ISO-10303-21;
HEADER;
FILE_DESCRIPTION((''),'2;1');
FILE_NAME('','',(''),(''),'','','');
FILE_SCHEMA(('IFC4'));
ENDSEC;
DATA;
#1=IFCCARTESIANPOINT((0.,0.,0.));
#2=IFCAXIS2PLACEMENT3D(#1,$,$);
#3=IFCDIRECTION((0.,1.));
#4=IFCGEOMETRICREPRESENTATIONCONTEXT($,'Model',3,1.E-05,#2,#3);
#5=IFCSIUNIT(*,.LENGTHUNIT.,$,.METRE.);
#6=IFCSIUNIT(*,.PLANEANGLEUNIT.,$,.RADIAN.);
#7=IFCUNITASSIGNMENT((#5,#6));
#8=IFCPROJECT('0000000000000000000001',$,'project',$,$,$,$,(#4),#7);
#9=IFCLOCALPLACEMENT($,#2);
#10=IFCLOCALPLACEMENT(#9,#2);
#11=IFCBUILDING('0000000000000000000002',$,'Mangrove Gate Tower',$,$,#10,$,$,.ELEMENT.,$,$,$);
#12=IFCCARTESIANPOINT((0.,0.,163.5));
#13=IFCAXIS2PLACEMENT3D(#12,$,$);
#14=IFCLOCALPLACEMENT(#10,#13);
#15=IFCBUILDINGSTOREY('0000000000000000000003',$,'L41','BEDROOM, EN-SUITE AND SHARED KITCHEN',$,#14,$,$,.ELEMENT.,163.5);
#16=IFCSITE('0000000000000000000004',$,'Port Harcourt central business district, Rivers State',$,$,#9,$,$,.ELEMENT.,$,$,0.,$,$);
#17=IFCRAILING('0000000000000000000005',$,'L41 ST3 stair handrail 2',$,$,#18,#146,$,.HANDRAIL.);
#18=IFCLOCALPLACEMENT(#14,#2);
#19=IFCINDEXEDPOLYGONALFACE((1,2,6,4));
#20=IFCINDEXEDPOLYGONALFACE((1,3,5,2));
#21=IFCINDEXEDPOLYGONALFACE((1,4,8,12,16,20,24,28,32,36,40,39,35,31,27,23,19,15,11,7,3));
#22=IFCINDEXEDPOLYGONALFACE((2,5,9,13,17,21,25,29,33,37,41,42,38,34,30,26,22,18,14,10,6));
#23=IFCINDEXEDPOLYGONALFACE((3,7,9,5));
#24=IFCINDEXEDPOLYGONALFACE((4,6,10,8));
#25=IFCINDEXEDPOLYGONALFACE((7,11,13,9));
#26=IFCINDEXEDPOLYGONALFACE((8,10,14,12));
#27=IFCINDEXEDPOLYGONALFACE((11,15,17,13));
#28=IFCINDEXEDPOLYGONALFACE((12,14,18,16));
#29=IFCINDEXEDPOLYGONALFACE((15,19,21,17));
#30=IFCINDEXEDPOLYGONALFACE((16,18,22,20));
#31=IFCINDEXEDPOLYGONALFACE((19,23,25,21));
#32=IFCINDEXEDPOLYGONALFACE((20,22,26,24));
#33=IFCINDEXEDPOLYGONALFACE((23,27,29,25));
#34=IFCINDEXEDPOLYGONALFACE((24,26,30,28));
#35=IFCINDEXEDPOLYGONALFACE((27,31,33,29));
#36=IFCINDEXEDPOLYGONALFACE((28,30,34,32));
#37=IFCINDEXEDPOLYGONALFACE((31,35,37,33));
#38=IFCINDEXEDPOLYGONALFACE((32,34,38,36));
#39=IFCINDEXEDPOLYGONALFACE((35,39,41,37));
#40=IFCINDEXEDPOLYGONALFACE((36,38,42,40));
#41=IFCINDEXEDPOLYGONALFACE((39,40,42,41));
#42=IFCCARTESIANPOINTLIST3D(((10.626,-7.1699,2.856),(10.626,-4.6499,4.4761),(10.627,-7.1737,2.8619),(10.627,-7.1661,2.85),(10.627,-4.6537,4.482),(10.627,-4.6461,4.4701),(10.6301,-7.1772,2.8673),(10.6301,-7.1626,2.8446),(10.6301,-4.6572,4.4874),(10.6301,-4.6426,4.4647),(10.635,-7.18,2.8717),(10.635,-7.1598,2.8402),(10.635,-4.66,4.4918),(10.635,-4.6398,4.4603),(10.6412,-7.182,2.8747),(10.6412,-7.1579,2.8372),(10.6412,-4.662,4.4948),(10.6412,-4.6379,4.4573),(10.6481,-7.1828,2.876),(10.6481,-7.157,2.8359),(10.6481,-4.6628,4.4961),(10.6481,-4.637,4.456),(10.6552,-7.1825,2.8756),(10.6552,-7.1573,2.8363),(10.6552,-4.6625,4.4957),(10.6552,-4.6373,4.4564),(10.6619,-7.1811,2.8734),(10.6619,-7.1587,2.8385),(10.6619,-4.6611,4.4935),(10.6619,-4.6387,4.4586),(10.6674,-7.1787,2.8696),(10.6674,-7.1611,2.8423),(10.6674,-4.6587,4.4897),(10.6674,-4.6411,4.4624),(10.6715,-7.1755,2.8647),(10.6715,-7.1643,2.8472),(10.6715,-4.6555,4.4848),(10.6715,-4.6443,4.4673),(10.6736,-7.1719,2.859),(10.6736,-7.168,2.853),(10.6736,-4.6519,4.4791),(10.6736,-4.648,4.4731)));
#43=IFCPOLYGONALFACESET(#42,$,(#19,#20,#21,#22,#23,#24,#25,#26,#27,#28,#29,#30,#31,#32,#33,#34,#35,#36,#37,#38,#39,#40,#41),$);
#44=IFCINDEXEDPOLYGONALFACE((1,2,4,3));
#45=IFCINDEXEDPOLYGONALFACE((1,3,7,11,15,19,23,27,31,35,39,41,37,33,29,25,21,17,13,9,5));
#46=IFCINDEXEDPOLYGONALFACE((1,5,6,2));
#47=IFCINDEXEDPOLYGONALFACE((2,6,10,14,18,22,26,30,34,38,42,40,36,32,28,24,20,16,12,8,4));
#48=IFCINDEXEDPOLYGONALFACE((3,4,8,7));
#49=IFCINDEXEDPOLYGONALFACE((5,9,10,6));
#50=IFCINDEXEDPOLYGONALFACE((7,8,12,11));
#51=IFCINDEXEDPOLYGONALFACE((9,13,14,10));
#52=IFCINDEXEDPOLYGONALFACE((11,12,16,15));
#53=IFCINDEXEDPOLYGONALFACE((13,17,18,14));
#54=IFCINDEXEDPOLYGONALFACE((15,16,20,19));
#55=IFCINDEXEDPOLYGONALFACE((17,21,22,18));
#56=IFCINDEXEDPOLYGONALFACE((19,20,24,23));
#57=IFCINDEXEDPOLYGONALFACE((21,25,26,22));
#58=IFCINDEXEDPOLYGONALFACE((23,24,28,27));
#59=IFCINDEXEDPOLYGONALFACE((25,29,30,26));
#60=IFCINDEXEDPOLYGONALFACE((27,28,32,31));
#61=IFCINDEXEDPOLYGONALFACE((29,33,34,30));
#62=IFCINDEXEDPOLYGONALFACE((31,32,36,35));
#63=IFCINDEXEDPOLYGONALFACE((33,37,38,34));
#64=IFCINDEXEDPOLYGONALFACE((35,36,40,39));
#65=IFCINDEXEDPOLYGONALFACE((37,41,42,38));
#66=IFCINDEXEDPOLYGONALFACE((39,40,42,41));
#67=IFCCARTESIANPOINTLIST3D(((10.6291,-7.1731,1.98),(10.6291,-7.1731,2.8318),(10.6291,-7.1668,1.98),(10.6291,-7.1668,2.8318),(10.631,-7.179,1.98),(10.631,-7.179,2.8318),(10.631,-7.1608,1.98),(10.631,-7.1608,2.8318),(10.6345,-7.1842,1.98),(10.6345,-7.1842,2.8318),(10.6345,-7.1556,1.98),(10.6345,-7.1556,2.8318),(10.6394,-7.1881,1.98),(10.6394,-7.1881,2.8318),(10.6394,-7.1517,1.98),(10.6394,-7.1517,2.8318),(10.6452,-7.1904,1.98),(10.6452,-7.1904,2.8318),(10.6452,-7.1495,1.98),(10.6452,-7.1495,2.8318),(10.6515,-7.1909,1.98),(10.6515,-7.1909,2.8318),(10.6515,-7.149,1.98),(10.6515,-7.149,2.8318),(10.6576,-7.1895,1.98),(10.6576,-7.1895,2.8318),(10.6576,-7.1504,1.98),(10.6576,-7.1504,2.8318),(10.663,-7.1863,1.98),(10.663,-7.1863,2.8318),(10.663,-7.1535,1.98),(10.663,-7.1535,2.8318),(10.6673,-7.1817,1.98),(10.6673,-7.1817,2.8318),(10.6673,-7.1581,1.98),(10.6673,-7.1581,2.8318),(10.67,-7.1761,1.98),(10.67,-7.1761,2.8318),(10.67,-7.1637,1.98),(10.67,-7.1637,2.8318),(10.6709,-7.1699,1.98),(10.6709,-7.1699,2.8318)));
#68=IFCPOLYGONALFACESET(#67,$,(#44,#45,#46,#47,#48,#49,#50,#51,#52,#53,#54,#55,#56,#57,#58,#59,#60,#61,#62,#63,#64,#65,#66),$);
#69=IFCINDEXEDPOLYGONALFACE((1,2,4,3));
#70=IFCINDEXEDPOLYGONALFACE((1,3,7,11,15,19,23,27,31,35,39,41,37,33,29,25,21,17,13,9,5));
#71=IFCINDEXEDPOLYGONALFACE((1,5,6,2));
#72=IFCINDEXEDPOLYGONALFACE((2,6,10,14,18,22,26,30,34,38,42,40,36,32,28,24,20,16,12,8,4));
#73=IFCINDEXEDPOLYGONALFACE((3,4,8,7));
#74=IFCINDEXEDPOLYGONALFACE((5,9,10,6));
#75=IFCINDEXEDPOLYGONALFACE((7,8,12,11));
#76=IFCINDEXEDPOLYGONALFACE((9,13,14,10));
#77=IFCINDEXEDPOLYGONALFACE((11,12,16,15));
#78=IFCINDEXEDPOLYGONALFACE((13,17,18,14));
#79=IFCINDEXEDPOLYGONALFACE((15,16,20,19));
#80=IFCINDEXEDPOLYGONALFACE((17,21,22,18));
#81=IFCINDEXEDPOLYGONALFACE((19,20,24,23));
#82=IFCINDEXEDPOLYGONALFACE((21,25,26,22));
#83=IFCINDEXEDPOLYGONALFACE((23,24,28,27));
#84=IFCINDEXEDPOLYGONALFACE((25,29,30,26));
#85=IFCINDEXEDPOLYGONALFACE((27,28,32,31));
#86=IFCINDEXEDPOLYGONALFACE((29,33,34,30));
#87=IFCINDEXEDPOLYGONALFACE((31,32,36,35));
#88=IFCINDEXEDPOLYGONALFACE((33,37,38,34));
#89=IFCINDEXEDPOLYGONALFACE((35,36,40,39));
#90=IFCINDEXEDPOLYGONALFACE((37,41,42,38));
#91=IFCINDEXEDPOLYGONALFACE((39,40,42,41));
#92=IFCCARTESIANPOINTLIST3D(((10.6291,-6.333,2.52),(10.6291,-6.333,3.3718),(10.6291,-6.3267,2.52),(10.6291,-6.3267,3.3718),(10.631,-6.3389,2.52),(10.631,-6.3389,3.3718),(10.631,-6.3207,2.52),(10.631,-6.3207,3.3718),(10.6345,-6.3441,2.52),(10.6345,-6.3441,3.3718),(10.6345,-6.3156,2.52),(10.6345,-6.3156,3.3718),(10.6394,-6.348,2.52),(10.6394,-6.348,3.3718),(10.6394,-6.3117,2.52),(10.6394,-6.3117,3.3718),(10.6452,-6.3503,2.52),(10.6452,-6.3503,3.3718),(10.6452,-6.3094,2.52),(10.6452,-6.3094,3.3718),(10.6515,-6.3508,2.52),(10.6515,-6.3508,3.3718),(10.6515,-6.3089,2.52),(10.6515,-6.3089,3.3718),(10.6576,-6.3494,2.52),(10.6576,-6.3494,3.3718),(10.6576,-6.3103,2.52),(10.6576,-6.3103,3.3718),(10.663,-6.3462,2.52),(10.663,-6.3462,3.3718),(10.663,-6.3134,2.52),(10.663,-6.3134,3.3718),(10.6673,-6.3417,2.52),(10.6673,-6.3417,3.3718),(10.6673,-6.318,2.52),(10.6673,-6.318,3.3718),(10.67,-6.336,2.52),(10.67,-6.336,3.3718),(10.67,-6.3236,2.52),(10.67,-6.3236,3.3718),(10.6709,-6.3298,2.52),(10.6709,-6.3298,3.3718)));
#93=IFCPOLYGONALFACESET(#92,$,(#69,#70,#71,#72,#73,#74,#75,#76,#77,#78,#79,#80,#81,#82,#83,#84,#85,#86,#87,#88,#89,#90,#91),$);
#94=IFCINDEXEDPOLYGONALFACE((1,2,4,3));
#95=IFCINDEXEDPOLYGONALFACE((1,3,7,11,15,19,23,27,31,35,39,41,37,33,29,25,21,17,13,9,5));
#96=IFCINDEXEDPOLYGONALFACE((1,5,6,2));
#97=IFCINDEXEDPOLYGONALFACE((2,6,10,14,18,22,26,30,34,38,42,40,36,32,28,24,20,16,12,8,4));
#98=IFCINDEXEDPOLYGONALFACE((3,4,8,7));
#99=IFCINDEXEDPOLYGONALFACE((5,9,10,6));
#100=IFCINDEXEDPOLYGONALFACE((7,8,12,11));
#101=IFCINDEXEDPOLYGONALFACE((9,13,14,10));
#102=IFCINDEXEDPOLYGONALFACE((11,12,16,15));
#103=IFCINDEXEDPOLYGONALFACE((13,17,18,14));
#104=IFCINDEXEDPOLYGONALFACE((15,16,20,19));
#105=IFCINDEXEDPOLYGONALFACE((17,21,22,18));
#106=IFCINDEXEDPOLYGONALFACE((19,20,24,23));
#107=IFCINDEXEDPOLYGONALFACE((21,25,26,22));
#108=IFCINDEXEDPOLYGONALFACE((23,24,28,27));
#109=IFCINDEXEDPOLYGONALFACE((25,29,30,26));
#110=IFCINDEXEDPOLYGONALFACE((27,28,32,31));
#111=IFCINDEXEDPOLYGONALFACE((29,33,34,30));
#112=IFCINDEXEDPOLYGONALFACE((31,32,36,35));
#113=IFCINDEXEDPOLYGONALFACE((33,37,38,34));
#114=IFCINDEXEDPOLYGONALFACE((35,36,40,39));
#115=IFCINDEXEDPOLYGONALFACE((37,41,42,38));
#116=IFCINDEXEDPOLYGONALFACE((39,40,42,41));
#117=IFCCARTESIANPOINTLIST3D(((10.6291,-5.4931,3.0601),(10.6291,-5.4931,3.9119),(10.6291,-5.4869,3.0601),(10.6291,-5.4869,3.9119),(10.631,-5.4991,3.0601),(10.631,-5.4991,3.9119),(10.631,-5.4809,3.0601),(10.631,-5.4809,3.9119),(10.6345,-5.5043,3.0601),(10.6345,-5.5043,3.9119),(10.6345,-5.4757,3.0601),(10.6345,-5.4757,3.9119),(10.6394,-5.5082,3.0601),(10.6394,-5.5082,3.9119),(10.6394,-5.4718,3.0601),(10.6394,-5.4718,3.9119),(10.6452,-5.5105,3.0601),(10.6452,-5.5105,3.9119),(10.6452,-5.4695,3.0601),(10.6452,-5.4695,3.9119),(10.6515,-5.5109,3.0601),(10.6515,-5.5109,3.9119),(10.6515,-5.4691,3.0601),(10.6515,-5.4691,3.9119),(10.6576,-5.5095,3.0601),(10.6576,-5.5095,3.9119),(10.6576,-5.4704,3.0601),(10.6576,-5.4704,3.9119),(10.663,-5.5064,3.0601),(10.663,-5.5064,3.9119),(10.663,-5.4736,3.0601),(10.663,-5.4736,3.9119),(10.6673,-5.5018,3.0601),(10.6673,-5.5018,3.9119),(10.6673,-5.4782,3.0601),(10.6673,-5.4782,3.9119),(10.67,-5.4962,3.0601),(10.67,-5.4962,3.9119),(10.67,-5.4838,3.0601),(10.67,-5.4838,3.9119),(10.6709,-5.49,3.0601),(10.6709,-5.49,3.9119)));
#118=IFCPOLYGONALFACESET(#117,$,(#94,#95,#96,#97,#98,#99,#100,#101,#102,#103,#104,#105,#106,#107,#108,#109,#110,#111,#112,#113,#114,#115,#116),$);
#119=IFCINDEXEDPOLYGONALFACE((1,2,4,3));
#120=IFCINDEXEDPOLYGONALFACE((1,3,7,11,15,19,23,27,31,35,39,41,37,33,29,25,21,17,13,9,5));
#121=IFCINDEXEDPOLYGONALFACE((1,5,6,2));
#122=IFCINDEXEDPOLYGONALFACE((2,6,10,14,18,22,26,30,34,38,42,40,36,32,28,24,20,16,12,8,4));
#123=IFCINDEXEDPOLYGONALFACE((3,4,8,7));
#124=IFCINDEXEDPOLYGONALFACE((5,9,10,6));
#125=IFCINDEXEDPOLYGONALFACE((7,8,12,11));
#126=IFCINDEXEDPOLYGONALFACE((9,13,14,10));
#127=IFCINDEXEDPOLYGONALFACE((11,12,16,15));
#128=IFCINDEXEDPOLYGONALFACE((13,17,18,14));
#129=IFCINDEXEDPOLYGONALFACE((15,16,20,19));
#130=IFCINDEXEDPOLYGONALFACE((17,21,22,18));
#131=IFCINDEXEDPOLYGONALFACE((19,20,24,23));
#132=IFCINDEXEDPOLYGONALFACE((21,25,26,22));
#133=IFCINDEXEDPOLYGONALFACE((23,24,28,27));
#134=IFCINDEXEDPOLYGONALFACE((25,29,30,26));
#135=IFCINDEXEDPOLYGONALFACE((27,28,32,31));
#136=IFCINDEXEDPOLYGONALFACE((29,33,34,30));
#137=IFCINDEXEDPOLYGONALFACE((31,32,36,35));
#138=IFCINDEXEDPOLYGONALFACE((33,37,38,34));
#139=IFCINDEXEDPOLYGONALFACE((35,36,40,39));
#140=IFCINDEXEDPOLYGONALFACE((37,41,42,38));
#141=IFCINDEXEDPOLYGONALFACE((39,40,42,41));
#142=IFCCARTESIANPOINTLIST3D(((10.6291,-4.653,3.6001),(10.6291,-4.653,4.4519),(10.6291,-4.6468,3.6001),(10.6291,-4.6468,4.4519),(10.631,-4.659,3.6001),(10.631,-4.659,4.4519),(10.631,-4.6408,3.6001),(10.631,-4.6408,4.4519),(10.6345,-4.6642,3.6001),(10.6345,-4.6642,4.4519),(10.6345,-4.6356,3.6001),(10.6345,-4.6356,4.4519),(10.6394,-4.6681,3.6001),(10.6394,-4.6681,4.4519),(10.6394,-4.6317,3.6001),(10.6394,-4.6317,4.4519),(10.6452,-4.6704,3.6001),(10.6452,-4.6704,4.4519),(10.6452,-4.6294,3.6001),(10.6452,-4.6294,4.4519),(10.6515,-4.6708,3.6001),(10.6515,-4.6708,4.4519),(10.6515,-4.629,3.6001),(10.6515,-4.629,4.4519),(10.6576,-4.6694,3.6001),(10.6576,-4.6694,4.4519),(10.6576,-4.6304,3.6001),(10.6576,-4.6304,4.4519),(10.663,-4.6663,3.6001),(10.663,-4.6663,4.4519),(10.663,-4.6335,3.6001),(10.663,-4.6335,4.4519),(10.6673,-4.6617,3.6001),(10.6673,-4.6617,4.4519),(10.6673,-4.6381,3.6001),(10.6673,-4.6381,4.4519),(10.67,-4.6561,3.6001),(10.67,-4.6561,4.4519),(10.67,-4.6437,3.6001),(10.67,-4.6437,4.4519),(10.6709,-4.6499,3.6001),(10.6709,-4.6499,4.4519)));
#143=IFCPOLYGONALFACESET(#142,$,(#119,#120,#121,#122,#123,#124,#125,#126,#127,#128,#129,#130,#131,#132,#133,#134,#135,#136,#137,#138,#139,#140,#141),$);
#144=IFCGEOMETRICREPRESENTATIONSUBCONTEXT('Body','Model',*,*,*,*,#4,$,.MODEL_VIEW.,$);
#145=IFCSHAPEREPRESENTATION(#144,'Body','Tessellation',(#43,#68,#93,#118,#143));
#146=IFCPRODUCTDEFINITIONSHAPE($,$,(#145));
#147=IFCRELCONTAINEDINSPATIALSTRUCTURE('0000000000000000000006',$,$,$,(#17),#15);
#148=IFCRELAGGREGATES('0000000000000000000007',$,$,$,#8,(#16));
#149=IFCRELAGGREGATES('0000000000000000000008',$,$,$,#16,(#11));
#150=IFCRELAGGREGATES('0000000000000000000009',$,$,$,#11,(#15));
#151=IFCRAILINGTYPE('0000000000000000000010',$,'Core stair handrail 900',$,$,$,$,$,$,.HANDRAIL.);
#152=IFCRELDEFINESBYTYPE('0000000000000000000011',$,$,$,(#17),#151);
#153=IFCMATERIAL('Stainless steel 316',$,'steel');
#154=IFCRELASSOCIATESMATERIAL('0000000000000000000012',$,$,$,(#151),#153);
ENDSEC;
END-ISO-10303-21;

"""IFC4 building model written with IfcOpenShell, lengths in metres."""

from ifc_helpers import new_model, si_unit, direction, frame, origin, origin_2d, place, context, subcontext, project, spatial, circle, extrude, material, type_object, element, save


model = new_model("IFC4")

# Units and contexts
model_context = context("Model", 3, precision=1e-05, world=origin(), true_north=direction((0.0, 1.0)))
body_context = subcontext(model_context, "Body", "Model", "MODEL_VIEW")
ifc_project = project(units=[si_unit("LENGTHUNIT", "METRE"), si_unit("PLANEANGLEUNIT", "RADIAN")], contexts=[model_context])

# Site, building, storey
site_placement = place(None, origin())
site = spatial("IfcSite", under=ifc_project, at=site_placement, Name="Port Harcourt central business district, Rivers State", CompositionType="ELEMENT", RefElevation=0.0)
building_placement = place(site_placement, origin())
building = spatial("IfcBuilding", under=site, at=building_placement, Name="Mangrove Gate Tower", CompositionType="ELEMENT")
storey_placement = place(building_placement, frame((0.0, 0.0, 163.5)))
storey = spatial("IfcBuildingStorey", under=building, at=storey_placement, Name="L41", Description="BEDROOM, EN-SUITE AND SHARED KITCHEN", CompositionType="ELEMENT", Elevation=163.5)

# Railing
ifc_material_1 = material(Name="Stainless steel 316", Category="steel")
railing_type_1 = type_object("IfcRailingType", Name="Core stair handrail 900", PredefinedType="HANDRAIL", material=ifc_material_1)
railing_1_placement = place(storey_placement, frame((10.6499, -7.1699, 1.98)))
element("IfcRailing", 1, at=railing_1_placement, inside=storey, type_object=railing_type_1, Name="L41 ST3 stair handrail 2", PredefinedType="HANDRAIL", context=body_context, shape_type="SweptSolid", body=[
    extrude(circle(Radius=0.0239, at=origin_2d()), frame((0.0, 0.0, 0.876), z_axis=(0.0, 0.841163, 0.540782), x_axis=(-1.0, 0.0, 0.0)), (0.0, 0.0, 1.0), 2.9958),
    extrude(circle(Radius=0.021, at=origin_2d()), origin(), (0.0, 0.0, 1.0), 0.8518),
    extrude(circle(Radius=0.021, at=origin_2d()), frame((0.0, 0.8401, 0.54)), (0.0, 0.0, 1.0), 0.8518),
    extrude(circle(Radius=0.021, at=origin_2d()), frame((0.0, 1.6799, 1.0801)), (0.0, 0.0, 1.0), 0.8518),
    extrude(circle(Radius=0.021, at=origin_2d()), frame((0.0, 2.52, 1.6201)), (0.0, 0.0, 1.0), 0.8518),
])

save(model, "model.ifc")
